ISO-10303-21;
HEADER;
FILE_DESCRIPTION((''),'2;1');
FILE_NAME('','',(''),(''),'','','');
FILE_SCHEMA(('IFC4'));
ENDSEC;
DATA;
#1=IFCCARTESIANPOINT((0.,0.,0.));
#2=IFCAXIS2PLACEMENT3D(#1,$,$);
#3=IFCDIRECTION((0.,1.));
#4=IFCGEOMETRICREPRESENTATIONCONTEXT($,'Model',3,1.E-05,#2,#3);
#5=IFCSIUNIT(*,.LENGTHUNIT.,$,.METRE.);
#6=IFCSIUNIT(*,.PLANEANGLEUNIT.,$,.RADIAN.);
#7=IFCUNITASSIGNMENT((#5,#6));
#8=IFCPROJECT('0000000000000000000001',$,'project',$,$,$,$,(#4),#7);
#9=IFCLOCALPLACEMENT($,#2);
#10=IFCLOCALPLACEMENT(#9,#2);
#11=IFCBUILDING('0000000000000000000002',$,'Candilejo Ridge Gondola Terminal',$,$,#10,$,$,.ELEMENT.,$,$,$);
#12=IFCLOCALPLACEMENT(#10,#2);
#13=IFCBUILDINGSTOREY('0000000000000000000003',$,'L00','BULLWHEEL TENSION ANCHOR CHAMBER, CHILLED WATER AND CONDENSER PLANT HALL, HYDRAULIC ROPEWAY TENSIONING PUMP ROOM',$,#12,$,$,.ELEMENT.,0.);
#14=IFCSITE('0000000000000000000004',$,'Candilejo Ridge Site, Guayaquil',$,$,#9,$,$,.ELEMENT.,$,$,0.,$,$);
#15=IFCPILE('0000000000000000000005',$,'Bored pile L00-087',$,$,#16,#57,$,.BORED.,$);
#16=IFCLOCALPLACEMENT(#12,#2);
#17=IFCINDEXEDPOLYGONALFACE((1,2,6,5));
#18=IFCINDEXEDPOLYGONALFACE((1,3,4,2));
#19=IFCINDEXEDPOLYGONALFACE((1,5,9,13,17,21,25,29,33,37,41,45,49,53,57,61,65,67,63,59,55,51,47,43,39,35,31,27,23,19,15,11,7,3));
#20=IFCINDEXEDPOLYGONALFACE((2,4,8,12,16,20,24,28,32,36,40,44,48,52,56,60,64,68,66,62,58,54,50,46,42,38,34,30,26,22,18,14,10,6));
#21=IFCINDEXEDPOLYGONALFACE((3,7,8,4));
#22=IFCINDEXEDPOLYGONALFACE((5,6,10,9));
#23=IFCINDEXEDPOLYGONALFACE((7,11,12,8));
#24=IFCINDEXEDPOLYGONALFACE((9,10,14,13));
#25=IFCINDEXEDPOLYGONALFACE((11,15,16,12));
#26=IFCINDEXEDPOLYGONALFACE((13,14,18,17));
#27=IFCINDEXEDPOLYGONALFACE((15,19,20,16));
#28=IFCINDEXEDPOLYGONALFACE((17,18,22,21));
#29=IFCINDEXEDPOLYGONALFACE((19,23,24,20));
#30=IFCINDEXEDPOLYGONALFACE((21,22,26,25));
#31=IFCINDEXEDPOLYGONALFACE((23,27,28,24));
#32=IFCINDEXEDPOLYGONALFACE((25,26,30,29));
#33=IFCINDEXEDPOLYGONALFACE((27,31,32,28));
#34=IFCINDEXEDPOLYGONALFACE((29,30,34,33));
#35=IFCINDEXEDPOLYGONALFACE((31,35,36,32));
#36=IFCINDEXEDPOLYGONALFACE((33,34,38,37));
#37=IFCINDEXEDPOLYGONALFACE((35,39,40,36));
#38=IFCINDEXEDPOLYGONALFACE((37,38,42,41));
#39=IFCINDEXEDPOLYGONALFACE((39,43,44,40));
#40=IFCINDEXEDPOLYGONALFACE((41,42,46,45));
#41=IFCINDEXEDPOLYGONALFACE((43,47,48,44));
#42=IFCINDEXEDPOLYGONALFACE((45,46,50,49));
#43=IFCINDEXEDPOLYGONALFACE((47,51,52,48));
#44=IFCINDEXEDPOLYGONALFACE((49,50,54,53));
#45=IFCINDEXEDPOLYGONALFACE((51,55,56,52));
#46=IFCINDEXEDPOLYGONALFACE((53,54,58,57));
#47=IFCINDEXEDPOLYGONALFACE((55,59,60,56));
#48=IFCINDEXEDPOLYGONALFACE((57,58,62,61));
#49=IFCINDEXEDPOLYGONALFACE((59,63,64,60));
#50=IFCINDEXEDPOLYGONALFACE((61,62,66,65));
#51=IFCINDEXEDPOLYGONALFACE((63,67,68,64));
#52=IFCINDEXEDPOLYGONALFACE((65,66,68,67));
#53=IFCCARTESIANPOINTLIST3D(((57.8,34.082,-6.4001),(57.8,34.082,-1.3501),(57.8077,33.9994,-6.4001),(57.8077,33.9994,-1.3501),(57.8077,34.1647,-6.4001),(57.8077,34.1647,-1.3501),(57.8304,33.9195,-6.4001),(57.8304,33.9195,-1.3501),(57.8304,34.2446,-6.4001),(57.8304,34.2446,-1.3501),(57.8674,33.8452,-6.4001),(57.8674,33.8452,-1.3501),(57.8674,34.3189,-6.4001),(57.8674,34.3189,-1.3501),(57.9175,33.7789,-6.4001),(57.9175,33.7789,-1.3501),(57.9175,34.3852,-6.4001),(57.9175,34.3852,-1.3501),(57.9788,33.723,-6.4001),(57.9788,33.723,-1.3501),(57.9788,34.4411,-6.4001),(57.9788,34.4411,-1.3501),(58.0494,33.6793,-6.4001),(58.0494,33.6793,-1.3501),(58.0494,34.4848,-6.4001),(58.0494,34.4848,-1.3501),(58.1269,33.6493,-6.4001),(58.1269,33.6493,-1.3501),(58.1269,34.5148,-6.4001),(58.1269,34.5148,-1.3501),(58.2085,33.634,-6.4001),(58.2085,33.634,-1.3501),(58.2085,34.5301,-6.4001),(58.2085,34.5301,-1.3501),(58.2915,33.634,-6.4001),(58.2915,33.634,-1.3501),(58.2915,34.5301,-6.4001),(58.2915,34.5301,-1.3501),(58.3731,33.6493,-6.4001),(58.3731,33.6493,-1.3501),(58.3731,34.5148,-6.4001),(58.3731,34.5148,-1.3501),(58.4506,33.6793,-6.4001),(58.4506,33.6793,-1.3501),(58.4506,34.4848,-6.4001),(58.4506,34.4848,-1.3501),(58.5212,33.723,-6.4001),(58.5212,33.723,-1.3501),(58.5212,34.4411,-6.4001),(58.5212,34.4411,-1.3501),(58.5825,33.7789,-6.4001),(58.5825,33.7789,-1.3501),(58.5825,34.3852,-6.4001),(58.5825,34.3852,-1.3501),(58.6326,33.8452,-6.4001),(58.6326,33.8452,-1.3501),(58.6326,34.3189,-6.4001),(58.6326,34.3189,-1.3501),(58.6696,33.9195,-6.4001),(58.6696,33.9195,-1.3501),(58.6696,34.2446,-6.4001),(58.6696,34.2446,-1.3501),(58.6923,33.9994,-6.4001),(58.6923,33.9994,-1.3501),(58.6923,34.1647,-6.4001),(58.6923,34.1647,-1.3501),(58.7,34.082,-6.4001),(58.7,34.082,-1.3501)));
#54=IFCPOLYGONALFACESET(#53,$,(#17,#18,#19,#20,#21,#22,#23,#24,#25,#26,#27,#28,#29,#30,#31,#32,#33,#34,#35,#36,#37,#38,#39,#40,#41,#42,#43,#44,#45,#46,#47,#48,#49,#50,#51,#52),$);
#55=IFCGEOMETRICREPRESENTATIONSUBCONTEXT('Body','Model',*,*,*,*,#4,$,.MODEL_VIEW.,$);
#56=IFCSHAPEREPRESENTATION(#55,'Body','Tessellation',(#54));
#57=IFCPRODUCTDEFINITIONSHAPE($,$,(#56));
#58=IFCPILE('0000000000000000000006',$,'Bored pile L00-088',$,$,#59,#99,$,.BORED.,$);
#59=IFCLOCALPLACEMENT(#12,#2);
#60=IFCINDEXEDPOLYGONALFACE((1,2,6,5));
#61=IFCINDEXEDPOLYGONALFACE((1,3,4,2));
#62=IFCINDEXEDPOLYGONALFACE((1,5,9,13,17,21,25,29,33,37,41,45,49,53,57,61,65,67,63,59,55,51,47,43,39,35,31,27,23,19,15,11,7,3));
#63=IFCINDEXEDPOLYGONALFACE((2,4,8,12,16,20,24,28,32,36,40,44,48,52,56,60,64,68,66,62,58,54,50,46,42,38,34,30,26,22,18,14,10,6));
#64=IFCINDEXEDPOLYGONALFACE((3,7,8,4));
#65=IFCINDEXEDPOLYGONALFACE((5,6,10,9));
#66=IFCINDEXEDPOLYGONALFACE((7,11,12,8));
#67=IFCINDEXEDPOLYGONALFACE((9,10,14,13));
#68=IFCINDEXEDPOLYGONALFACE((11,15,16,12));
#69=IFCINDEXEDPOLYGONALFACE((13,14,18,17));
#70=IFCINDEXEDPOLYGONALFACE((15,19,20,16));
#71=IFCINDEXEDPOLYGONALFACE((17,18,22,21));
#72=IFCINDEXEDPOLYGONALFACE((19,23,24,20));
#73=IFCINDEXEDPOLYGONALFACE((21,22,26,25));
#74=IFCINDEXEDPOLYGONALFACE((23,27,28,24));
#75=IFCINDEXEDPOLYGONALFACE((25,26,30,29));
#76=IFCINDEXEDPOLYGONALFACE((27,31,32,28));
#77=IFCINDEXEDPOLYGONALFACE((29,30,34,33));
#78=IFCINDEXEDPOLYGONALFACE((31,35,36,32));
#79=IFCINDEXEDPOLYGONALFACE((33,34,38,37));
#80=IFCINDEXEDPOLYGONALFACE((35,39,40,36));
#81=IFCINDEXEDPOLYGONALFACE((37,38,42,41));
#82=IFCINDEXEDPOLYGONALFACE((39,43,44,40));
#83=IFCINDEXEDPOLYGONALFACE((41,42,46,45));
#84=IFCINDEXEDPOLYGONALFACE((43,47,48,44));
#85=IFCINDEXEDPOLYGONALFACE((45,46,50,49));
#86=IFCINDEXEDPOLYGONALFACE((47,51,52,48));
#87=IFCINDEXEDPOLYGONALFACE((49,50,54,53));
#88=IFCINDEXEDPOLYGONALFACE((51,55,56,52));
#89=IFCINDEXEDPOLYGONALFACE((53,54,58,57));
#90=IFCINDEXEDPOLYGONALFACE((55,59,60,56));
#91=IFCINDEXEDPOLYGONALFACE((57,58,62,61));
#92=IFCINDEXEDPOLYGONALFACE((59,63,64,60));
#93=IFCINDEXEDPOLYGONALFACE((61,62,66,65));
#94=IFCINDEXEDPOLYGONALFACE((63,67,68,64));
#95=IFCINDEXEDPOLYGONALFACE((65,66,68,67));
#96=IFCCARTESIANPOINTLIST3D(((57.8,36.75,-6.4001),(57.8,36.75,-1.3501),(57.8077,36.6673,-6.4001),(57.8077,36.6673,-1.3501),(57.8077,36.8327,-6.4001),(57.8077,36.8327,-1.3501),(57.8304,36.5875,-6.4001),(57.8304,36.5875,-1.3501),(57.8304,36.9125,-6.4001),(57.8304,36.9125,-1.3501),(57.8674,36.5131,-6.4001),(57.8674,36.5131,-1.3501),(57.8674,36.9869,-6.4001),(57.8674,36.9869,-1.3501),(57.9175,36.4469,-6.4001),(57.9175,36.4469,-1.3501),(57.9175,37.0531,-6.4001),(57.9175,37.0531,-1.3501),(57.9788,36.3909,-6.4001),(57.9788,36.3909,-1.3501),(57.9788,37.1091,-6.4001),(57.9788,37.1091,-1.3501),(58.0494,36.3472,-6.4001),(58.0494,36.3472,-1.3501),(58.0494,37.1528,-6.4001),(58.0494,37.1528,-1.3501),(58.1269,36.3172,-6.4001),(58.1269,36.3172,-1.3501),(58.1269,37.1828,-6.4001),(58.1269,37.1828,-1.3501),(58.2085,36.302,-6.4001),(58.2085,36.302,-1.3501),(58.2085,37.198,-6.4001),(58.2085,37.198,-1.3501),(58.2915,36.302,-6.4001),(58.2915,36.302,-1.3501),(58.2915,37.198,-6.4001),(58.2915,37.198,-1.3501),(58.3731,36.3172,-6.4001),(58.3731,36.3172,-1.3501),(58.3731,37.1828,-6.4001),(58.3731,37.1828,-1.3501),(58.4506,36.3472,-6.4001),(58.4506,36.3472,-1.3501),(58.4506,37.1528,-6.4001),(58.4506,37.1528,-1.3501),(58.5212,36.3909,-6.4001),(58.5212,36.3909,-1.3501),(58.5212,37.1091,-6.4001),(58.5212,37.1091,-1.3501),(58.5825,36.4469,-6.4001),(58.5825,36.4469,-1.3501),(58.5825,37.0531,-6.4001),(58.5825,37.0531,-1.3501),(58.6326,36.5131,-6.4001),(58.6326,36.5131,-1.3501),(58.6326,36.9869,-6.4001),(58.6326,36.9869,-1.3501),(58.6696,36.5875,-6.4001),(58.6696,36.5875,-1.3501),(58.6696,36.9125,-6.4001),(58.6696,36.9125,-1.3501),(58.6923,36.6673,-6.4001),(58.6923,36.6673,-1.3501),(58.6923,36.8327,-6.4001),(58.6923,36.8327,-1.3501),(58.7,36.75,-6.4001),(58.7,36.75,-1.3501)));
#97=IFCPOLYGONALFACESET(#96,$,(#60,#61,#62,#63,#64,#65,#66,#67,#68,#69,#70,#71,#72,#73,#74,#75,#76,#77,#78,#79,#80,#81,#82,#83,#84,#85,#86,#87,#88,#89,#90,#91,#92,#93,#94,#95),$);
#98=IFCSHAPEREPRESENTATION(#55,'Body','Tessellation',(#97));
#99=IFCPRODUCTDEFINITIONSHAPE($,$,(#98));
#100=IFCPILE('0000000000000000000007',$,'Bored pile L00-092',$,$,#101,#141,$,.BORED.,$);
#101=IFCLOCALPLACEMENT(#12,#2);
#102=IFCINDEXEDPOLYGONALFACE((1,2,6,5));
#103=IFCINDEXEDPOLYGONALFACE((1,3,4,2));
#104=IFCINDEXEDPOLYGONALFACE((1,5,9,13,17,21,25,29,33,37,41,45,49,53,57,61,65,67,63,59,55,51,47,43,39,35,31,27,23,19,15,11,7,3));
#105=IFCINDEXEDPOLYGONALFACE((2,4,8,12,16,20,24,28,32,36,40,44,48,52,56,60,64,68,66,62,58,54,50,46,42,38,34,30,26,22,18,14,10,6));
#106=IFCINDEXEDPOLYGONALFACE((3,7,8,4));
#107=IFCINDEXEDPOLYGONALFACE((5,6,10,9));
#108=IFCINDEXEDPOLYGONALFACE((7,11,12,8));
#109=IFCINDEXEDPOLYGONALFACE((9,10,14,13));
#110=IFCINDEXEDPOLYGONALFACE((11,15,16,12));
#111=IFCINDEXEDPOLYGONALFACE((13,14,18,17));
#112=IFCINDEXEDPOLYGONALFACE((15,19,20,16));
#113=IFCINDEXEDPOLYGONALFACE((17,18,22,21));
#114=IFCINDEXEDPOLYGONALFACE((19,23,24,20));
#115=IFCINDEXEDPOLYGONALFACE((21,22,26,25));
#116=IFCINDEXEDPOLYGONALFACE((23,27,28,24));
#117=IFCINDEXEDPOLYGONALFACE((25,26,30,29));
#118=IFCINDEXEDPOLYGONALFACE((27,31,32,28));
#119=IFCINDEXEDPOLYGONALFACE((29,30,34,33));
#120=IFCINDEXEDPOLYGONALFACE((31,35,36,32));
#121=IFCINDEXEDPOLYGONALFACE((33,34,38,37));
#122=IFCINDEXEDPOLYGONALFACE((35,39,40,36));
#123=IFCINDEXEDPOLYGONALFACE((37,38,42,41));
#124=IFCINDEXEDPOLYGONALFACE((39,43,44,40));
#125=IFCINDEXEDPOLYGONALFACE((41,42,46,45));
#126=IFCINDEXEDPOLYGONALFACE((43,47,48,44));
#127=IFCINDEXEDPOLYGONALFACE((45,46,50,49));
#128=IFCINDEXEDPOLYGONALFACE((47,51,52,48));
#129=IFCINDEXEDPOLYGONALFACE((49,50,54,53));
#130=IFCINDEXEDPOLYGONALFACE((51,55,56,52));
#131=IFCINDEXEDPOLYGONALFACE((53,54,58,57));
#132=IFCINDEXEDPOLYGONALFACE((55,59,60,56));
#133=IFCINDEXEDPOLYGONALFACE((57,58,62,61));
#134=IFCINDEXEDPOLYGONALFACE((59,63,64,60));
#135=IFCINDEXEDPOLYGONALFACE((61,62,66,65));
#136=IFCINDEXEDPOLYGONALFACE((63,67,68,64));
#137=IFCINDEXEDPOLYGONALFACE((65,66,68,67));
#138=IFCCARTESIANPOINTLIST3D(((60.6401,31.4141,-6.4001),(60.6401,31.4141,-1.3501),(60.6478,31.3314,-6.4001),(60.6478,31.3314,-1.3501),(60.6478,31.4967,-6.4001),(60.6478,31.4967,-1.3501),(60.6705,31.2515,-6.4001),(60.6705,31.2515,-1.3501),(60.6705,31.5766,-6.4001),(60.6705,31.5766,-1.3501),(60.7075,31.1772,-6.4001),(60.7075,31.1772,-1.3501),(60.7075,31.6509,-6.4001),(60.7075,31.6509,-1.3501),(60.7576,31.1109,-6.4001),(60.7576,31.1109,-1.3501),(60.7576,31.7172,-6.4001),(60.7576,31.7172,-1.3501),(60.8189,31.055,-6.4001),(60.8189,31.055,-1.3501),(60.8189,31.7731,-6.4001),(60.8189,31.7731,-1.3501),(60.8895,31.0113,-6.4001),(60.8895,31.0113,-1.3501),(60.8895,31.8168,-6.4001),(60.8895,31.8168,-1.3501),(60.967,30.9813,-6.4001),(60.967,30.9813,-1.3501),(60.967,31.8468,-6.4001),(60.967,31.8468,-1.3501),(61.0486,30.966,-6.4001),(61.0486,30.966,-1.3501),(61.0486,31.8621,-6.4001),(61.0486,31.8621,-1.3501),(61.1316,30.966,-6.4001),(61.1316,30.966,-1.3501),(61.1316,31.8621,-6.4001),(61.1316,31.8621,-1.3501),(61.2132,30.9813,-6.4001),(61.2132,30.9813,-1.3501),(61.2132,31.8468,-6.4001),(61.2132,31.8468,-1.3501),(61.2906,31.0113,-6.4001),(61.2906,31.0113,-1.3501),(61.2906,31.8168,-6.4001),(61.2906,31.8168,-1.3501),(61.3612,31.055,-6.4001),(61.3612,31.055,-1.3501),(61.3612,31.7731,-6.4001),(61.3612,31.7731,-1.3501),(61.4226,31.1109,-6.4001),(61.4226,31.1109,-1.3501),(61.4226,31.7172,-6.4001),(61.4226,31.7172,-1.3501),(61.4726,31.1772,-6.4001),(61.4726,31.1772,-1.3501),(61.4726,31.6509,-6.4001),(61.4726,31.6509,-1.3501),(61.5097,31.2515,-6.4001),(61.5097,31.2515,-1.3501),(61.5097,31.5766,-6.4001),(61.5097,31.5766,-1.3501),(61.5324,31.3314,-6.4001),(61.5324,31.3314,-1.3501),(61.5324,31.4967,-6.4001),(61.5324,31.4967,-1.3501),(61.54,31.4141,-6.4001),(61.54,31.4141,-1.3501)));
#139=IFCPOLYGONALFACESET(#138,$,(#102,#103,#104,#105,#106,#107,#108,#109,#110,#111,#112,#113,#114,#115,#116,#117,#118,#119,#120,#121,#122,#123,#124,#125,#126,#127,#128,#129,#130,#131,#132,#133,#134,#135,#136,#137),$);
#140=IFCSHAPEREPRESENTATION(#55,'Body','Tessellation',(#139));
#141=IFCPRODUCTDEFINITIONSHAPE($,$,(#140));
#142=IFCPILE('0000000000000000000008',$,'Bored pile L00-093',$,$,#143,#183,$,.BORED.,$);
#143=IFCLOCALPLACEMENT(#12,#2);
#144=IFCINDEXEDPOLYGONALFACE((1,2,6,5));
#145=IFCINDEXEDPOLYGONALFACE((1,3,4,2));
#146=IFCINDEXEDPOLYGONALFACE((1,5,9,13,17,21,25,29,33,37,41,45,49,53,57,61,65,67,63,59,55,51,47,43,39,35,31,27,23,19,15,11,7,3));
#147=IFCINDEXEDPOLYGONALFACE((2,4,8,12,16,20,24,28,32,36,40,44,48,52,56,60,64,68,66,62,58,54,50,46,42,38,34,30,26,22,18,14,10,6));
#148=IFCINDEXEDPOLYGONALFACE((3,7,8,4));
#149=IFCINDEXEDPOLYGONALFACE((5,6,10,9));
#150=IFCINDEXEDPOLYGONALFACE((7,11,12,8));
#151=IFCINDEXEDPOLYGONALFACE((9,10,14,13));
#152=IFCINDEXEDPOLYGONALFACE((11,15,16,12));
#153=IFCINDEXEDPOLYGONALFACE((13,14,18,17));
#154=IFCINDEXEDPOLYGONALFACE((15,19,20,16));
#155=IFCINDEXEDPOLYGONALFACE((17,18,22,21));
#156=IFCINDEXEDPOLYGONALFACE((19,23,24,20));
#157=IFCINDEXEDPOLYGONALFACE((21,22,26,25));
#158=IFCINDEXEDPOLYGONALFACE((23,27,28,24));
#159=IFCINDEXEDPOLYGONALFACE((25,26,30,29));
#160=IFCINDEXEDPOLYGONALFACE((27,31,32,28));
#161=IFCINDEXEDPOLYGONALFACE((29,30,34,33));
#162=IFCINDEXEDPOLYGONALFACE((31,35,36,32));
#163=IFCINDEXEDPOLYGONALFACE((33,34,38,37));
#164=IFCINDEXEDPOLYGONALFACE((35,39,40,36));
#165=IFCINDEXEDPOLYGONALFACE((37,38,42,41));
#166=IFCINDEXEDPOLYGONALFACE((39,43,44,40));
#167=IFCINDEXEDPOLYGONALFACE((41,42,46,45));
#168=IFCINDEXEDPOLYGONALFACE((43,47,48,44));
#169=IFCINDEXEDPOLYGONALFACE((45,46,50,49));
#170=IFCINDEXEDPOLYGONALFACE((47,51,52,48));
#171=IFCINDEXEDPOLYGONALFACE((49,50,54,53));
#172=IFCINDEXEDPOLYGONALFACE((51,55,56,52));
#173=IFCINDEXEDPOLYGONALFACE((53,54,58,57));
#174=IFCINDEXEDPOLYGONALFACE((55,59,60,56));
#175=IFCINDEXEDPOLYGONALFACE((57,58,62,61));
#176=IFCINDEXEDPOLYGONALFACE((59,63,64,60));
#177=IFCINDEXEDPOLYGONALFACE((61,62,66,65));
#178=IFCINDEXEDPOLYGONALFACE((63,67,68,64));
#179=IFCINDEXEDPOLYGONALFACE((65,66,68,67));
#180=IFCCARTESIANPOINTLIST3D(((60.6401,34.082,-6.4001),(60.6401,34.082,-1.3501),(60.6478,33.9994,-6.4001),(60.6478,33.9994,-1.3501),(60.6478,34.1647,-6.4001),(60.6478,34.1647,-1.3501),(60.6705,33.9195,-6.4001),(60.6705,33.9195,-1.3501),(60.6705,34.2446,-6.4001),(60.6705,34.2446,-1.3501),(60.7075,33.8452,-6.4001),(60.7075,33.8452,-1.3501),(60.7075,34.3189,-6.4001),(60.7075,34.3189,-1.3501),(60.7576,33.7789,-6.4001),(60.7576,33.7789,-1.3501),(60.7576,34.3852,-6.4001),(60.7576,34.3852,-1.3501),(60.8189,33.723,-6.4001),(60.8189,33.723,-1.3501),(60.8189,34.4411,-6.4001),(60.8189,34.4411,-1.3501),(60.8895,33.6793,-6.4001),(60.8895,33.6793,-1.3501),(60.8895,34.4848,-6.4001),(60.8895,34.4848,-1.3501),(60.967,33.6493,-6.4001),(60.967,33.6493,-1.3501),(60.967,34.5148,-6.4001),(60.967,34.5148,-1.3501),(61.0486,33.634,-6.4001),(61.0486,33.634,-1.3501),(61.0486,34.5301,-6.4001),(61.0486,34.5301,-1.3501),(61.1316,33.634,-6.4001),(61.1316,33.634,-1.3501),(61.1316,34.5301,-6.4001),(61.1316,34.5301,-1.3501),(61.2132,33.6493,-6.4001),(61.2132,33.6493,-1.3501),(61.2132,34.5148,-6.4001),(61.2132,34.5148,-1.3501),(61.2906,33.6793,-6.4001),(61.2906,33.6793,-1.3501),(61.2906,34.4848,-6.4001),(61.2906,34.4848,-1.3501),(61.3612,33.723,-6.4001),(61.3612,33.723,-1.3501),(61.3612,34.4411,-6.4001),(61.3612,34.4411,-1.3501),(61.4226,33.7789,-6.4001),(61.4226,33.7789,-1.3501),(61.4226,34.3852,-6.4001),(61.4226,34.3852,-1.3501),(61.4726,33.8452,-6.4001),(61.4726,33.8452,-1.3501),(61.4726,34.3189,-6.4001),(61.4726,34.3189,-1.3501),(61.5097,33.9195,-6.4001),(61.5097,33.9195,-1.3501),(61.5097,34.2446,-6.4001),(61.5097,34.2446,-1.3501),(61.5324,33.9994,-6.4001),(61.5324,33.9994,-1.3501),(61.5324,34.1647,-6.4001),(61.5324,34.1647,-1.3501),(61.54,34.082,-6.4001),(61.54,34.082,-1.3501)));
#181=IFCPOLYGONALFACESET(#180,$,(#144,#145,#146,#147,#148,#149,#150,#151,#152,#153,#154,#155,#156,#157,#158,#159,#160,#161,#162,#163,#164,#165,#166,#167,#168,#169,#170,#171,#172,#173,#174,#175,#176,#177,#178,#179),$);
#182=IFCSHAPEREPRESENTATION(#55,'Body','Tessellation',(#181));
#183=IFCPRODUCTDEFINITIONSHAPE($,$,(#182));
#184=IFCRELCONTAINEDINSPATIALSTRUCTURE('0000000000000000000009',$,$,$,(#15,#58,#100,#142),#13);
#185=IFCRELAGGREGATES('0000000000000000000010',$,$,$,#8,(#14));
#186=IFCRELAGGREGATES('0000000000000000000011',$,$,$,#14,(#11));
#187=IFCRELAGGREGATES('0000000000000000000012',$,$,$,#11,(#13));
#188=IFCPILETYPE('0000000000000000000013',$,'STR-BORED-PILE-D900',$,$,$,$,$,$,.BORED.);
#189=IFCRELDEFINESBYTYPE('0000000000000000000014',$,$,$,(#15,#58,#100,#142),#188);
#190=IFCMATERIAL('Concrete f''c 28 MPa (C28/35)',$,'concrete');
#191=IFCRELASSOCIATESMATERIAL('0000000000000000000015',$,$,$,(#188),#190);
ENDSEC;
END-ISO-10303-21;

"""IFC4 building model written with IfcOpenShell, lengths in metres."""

from ifc_helpers import new_model, si_unit, direction, frame, origin, origin_2d, place, context, subcontext, project, spatial, circle, extrude, material, material_profile, profile_set, type_object, element, save


model = new_model("IFC4")

# Units and contexts
model_context = context("Model", 3, precision=1e-05, world=origin(), true_north=direction((0.0, 1.0)))
body_context = subcontext(model_context, "Body", "Model", "MODEL_VIEW")
ifc_project = project(units=[si_unit("LENGTHUNIT", "METRE"), si_unit("PLANEANGLEUNIT", "RADIAN")], contexts=[model_context])

# Site, building, storey
site_placement = place(None, origin())
site = spatial("IfcSite", under=ifc_project, at=site_placement, Name="Candilejo Ridge Site, Guayaquil", CompositionType="ELEMENT", RefElevation=0.0)
building_placement = place(site_placement, origin())
building = spatial("IfcBuilding", under=site, at=building_placement, Name="Candilejo Ridge Gondola Terminal", CompositionType="ELEMENT")
storey_placement = place(building_placement, origin())
storey = spatial("IfcBuildingStorey", under=building, at=storey_placement, Name="L00", Description="BULLWHEEL TENSION ANCHOR CHAMBER, CHILLED WATER AND CONDENSER PLANT HALL, HYDRAULIC ROPEWAY TENSIONING PUMP ROOM", CompositionType="ELEMENT", Elevation=0.0)

# Piles
ifc_material_1 = material(Name="Concrete f'c 28 MPa (C28/35)", Category="concrete")
ifc_material_profile_1 = material_profile(ifc_material_1, circle(Radius=0.45, at=origin_2d()))
ifc_profile_set_1 = profile_set([ifc_material_profile_1], Name="Concrete f'c 28 MPa (C28/35)")
pile_type = type_object("IfcPileType", Name="STR-BORED-PILE-D900", PredefinedType="BORED", material=ifc_profile_set_1)
for number, where, z_axis, x_axis, name in (
    (1, (58.25, 34.082, -1.3501), (0.0, 0.0, -1.0), (1.0, 0.0, 0.0), "Bored pile L00-087"),
    (2, (58.25, 36.75, -1.3501), (0.0, 0.0, -1.0), (1.0, 0.0, 0.0), "Bored pile L00-088"),
    (3, (61.0901, 31.4141, -1.3501), (0.0, 0.0, -1.0), (1.0, 0.0, 0.0), "Bored pile L00-092"),
    (4, (61.0901, 34.082, -1.3501), (0.0, 0.0, -1.0), (1.0, 0.0, 0.0), "Bored pile L00-093"),
):
    element("IfcPile", number, at=place(storey_placement, frame(where, z_axis=z_axis, x_axis=x_axis)), inside=storey, type_object=pile_type, Name=name, PredefinedType="BORED", context=body_context, shape_type="SweptSolid", body=[
        extrude(circle(Radius=0.45, at=origin_2d()), origin(), (0.0, 0.0, 1.0), 5.05),
    ])

save(model, "model.ifc")
